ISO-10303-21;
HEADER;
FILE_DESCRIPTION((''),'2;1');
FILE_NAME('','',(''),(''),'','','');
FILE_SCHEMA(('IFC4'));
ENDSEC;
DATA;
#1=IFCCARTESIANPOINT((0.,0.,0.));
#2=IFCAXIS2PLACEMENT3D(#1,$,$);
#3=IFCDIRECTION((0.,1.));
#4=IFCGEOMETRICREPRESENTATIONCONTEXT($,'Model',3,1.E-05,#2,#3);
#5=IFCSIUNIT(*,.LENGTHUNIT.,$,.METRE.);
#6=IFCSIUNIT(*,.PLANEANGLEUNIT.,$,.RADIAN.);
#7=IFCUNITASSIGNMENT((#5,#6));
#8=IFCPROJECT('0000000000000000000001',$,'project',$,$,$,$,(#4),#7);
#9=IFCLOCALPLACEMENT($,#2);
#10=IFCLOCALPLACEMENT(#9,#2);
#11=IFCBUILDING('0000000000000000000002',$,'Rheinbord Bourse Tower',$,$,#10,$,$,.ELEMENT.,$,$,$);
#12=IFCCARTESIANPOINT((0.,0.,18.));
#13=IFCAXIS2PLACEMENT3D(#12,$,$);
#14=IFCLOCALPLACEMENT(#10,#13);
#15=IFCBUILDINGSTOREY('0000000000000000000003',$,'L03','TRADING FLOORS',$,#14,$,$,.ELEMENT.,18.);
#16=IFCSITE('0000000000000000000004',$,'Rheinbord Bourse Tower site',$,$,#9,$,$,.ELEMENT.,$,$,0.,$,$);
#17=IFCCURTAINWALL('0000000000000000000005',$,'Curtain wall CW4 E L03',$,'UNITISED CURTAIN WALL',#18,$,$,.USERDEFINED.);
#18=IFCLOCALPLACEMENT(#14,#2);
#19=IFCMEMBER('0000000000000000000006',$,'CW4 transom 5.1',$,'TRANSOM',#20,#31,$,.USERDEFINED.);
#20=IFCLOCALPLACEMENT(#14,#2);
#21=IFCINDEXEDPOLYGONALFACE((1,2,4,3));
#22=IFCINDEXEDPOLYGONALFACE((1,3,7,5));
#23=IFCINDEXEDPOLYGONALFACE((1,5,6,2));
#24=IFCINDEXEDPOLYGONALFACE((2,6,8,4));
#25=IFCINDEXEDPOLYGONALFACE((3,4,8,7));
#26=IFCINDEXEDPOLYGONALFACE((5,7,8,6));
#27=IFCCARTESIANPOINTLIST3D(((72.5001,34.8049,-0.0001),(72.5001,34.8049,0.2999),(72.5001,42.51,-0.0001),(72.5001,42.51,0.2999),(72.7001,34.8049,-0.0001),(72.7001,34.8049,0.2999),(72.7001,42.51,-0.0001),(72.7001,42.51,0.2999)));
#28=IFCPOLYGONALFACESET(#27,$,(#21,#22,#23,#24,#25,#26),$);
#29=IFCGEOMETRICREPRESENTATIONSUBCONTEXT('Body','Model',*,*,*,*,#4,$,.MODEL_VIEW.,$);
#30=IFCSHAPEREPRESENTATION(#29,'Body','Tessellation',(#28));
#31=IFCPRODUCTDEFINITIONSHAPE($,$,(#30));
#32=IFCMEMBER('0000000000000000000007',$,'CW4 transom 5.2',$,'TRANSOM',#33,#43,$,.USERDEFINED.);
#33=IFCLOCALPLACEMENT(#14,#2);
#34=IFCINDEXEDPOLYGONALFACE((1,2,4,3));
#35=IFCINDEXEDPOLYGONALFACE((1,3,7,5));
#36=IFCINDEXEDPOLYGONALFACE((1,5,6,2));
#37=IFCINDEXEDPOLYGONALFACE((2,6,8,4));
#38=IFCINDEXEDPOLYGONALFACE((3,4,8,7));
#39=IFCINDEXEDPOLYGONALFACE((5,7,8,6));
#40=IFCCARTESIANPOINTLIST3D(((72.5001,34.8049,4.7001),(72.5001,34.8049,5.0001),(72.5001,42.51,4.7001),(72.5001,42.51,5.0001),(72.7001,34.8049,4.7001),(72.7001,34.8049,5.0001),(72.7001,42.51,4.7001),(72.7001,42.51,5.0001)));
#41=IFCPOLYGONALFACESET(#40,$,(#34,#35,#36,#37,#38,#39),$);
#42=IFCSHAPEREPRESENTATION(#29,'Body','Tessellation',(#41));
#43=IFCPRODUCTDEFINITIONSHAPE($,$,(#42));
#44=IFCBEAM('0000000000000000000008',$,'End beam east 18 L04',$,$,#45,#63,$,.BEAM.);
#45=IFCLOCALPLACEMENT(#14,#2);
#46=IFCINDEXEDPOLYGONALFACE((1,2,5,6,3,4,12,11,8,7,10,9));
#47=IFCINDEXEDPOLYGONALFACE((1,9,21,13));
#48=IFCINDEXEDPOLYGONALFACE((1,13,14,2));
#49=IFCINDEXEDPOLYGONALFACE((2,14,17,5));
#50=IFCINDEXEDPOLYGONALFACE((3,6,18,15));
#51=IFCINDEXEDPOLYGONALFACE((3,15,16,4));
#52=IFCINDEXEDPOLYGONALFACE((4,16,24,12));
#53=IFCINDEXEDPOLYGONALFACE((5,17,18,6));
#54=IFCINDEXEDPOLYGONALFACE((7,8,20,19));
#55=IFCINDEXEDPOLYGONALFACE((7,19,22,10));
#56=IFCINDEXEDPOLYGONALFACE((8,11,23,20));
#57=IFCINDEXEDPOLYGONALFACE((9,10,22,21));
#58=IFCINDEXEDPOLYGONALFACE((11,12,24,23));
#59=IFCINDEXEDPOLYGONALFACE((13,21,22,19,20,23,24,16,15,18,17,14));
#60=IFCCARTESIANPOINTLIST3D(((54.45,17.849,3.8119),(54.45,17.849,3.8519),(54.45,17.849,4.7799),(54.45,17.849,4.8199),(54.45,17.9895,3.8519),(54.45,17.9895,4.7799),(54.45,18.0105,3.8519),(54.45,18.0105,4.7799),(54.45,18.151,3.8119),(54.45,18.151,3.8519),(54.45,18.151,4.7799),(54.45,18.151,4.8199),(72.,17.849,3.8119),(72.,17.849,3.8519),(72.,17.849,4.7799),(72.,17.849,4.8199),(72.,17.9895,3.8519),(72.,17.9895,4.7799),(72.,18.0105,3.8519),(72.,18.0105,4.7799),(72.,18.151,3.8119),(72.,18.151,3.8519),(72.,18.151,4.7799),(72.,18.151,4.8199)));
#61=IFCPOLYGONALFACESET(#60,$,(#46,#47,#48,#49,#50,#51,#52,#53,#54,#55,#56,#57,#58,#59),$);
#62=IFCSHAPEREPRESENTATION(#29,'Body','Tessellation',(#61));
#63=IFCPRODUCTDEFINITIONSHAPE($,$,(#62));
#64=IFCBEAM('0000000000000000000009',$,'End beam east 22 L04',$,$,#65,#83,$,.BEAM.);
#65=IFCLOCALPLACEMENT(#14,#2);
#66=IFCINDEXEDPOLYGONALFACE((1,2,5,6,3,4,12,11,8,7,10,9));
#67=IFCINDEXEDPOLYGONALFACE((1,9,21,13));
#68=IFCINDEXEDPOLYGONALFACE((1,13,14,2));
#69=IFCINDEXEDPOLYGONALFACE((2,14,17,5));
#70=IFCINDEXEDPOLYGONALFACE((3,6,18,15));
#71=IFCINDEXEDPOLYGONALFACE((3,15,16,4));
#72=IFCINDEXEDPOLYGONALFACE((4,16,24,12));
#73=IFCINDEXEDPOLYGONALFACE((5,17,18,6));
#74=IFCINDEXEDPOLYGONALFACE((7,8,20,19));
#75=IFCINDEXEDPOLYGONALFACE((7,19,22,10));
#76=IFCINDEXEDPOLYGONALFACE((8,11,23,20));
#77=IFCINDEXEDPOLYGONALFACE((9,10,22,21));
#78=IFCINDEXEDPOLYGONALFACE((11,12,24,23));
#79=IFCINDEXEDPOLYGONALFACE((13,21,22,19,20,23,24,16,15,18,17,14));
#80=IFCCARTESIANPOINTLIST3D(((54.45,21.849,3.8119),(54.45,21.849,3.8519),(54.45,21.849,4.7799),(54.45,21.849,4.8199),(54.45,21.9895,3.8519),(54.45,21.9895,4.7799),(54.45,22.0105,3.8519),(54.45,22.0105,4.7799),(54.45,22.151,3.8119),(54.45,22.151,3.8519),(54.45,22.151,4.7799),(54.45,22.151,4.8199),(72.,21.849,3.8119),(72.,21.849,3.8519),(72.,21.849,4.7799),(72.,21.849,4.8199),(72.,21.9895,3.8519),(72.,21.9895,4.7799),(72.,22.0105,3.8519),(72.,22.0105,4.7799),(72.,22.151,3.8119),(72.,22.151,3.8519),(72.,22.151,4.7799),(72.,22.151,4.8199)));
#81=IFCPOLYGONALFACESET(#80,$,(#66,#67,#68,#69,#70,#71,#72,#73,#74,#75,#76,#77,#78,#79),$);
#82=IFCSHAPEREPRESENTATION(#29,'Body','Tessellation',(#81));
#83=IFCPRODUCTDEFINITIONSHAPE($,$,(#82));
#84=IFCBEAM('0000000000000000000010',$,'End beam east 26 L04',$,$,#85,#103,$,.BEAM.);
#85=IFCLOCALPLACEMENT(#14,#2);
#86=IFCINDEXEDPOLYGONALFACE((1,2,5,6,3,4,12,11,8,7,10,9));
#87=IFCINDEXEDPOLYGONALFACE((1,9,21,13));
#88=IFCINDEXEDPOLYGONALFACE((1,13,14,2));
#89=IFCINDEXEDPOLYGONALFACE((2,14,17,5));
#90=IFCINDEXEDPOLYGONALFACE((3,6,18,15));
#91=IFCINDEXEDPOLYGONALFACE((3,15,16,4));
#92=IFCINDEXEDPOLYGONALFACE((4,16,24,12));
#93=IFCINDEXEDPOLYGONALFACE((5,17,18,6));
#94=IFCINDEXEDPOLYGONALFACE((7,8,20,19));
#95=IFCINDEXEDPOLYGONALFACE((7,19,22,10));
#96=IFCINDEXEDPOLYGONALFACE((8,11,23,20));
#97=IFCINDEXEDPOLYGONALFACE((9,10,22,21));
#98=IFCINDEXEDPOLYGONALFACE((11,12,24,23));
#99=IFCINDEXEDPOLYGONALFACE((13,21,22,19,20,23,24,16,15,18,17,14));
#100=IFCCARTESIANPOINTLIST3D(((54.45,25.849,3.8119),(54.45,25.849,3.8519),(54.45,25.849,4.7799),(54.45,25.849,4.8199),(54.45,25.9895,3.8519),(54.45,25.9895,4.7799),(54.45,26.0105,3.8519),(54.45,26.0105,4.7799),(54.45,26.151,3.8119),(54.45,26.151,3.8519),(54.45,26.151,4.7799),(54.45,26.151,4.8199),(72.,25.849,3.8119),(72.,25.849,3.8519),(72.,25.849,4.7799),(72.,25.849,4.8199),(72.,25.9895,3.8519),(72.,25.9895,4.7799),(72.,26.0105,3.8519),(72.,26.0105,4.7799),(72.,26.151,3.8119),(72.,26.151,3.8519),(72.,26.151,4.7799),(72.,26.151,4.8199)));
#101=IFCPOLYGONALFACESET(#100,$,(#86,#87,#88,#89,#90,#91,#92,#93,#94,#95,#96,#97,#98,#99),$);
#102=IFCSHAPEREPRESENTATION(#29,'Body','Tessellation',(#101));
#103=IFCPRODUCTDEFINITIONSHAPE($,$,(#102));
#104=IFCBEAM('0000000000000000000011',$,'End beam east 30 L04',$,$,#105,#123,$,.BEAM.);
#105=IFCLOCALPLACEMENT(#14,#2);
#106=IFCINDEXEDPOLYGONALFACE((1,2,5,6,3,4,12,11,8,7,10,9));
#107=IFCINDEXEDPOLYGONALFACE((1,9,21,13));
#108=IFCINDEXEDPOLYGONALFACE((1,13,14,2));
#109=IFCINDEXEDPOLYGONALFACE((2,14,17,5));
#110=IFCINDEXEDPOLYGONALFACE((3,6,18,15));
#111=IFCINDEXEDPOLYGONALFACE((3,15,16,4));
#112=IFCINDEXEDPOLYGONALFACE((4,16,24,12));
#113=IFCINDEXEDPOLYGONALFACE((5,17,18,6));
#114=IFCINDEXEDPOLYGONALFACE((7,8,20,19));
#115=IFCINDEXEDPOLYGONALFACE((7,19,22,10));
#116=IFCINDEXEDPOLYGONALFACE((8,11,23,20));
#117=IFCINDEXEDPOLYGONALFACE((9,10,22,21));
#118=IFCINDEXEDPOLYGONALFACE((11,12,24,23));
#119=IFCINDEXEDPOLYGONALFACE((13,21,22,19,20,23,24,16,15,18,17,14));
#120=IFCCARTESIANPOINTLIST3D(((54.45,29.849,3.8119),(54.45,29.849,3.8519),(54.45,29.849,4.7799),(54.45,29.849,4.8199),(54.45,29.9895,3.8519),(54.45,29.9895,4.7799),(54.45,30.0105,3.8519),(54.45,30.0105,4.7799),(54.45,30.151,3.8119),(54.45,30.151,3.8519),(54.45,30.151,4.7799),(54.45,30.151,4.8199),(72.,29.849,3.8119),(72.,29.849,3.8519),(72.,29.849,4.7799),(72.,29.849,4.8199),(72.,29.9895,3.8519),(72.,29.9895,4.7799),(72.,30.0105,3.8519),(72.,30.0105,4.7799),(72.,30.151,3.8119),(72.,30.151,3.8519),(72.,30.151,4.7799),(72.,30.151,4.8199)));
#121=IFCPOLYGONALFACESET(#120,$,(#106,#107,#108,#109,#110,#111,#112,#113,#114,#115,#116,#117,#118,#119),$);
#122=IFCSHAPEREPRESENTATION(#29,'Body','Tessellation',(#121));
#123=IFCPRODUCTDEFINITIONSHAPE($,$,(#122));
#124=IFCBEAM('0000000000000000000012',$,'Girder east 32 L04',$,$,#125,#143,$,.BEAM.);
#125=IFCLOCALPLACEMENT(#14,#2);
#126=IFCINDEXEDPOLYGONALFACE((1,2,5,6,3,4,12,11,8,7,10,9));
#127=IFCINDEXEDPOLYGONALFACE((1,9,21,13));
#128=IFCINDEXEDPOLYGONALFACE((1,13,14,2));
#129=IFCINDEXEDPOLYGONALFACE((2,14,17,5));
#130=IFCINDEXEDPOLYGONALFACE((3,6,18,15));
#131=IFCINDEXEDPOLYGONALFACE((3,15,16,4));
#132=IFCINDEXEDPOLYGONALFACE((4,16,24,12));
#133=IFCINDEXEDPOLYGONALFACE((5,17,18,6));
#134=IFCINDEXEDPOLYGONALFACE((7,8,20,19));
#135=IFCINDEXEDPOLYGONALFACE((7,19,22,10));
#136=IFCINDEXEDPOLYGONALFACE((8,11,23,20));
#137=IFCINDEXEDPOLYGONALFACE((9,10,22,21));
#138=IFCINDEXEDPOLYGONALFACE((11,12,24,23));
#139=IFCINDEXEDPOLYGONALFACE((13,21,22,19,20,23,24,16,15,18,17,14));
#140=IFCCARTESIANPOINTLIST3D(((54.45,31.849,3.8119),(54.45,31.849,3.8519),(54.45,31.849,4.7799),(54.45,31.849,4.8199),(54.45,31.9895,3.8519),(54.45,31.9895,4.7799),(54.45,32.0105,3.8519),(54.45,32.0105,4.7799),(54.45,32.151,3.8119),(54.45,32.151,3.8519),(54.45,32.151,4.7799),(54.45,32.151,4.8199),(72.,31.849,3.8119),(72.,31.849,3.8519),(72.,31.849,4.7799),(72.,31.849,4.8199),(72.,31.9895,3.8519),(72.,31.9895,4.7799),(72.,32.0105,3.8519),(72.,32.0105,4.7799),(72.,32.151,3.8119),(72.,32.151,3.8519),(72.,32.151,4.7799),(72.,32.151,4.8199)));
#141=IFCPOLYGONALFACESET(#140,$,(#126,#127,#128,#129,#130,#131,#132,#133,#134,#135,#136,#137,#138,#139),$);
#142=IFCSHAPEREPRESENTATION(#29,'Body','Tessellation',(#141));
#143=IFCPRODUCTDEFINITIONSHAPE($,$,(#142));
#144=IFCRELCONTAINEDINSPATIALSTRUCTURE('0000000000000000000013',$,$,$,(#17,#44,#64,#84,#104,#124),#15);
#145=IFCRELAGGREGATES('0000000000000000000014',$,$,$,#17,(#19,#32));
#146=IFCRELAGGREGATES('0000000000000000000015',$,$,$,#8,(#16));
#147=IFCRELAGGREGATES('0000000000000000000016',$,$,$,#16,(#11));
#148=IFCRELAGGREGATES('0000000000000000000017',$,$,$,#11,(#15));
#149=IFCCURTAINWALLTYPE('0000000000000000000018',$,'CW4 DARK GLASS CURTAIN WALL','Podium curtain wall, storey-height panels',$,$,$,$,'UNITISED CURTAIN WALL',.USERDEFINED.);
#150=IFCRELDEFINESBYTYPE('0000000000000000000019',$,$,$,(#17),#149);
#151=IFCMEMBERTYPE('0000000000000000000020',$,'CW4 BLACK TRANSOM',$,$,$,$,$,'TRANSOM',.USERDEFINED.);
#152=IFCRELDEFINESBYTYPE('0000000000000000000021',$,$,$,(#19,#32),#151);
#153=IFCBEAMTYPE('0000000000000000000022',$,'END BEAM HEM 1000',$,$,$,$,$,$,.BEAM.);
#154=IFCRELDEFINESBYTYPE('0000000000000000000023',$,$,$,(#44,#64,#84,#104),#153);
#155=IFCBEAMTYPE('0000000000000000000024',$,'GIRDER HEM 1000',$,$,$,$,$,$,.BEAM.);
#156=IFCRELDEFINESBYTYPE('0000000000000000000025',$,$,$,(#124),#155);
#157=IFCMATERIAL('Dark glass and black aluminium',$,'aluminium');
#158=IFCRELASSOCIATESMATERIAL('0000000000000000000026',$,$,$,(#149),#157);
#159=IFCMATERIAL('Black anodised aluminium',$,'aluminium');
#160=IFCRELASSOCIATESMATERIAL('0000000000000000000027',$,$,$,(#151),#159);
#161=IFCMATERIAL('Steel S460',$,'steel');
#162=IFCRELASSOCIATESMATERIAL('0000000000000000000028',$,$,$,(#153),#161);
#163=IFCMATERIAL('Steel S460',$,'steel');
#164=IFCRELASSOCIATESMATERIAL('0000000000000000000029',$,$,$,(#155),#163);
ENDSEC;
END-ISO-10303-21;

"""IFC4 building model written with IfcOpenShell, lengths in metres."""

from ifc_helpers import new_model, si_unit, direction, frame, origin, origin_2d, place, context, subcontext, project, spatial, rectangle, i_section, extrude, material, material_profile, profile_set, type_object, element, aggregate, save


model = new_model("IFC4")

# Units and contexts
model_context = context("Model", 3, precision=1e-05, world=origin(), true_north=direction((0.0, 1.0)))
body_context = subcontext(model_context, "Body", "Model", "MODEL_VIEW")
ifc_project = project(units=[si_unit("LENGTHUNIT", "METRE"), si_unit("PLANEANGLEUNIT", "RADIAN")], contexts=[model_context])

# Site, building, storey
site_placement = place(None, origin())
site = spatial("IfcSite", under=ifc_project, at=site_placement, Name="Rheinbord Bourse Tower site", CompositionType="ELEMENT", RefElevation=0.0)
building_placement = place(site_placement, origin())
building = spatial("IfcBuilding", under=site, at=building_placement, Name="Rheinbord Bourse Tower", CompositionType="ELEMENT")
storey_placement = place(building_placement, frame((0.0, 0.0, 18.0)))
storey = spatial("IfcBuildingStorey", under=building, at=storey_placement, Name="L03", Description="TRADING FLOORS", CompositionType="ELEMENT", Elevation=18.0)

# Curtain wall, members
ifc_material_1 = material(Name="Dark glass and black aluminium", Category="aluminium")
curtain_wall_type = type_object("IfcCurtainWallType", Name="CW4 DARK GLASS CURTAIN WALL", Description="Podium curtain wall, storey-height panels", ElementType="UNITISED CURTAIN WALL", PredefinedType="USERDEFINED", material=ifc_material_1)
curtain_wall_placement = place(storey_placement, origin())
curtain_wall = element("IfcCurtainWall", 1, at=curtain_wall_placement, inside=storey, type_object=curtain_wall_type, Name="Curtain wall CW4 E L03", ObjectType="UNITISED CURTAIN WALL", PredefinedType="USERDEFINED")
ifc_material_2 = material(Name="Black anodised aluminium", Category="aluminium")
ifc_material_profile_1 = material_profile(ifc_material_2, rectangle(XDim=0.2, YDim=0.3, at=origin_2d()), Name="CW4 TRANSOM 300x200")
ifc_profile_set_1 = profile_set([ifc_material_profile_1], Name="Black anodised aluminium")
member_type_1 = type_object("IfcMemberType", Name="CW4 BLACK TRANSOM", ElementType="TRANSOM", PredefinedType="USERDEFINED", material=ifc_profile_set_1)
member_1_placement = place(storey_placement, frame((72.6001, 34.8049, 0.1499), z_axis=(0.0, 1.0, 0.0), x_axis=(-1.0, 0.0, 0.0)))
member_1 = element("IfcMember", 2, at=member_1_placement, type_object=member_type_1, Name="CW4 transom 5.1", ObjectType="TRANSOM", PredefinedType="USERDEFINED", context=body_context, shape_type="SweptSolid", body=[
    extrude(rectangle(XDim=0.2, YDim=0.3, at=origin_2d()), origin(), (0.0, 0.0, 1.0), 7.7051),
])
member_2_placement = place(storey_placement, frame((72.6001, 34.8049, 4.8501), z_axis=(0.0, 1.0, 0.0), x_axis=(-1.0, 0.0, 0.0)))
member_2 = element("IfcMember", 3, at=member_2_placement, type_object=member_type_1, Name="CW4 transom 5.2", ObjectType="TRANSOM", PredefinedType="USERDEFINED", context=body_context, shape_type="SweptSolid", body=[
    extrude(rectangle(XDim=0.2, YDim=0.3, at=origin_2d()), origin(), (0.0, 0.0, 1.0), 7.7051),
])

# Beams
ifc_material_3 = material(Name="Steel S460", Category="steel")
ifc_material_profile_2 = material_profile(ifc_material_3, i_section(OverallWidth=0.302, OverallDepth=1.0081, WebThickness=0.021, FlangeThickness=0.04, at=origin_2d()), Name="HEM 1000")
ifc_profile_set_2 = profile_set([ifc_material_profile_2], Name="Steel S460")
beam_type_1 = type_object("IfcBeamType", Name="END BEAM HEM 1000", PredefinedType="BEAM", material=ifc_profile_set_2)
for number, where, z_axis, x_axis, name in (
    (4, (54.45, 18.0, 4.3159), (1.0, 0.0, 0.0), (0.0, 1.0, 0.0), "End beam east 18 L04"),
    (5, (54.45, 22.0, 4.3159), (1.0, 0.0, 0.0), (0.0, 1.0, 0.0), "End beam east 22 L04"),
    (6, (54.45, 26.0, 4.3159), (1.0, 0.0, 0.0), (0.0, 1.0, 0.0), "End beam east 26 L04"),
    (7, (54.45, 30.0, 4.3159), (1.0, 0.0, 0.0), (0.0, 1.0, 0.0), "End beam east 30 L04"),
):
    element("IfcBeam", number, at=place(storey_placement, frame(where, z_axis=z_axis, x_axis=x_axis)), inside=storey, type_object=beam_type_1, Name=name, PredefinedType="BEAM", context=body_context, shape_type="SweptSolid", body=[
        extrude(i_section(OverallWidth=0.302, OverallDepth=1.0081, WebThickness=0.021, FlangeThickness=0.04, at=origin_2d()), origin(), (0.0, 0.0, 1.0), 17.55),
    ])
ifc_material_4 = material(Name="Steel S460", Category="steel")
ifc_material_profile_3 = material_profile(ifc_material_4, i_section(OverallWidth=0.302, OverallDepth=1.0081, WebThickness=0.021, FlangeThickness=0.04, at=origin_2d()), Name="HEM 1000")
ifc_profile_set_3 = profile_set([ifc_material_profile_3], Name="Steel S460")
beam_type_2 = type_object("IfcBeamType", Name="GIRDER HEM 1000", PredefinedType="BEAM", material=ifc_profile_set_3)
beam_1_placement = place(storey_placement, frame((54.45, 32.0, 4.3159), z_axis=(1.0, 0.0, 0.0), x_axis=(0.0, 1.0, 0.0)))
element("IfcBeam", 8, at=beam_1_placement, inside=storey, type_object=beam_type_2, Name="Girder east 32 L04", PredefinedType="BEAM", context=body_context, shape_type="SweptSolid", body=[
    extrude(i_section(OverallWidth=0.302, OverallDepth=1.0081, WebThickness=0.021, FlangeThickness=0.04, at=origin_2d()), origin(), (0.0, 0.0, 1.0), 17.55),
])

aggregate(curtain_wall, [member_1, member_2])

save(model, "model.ifc")
